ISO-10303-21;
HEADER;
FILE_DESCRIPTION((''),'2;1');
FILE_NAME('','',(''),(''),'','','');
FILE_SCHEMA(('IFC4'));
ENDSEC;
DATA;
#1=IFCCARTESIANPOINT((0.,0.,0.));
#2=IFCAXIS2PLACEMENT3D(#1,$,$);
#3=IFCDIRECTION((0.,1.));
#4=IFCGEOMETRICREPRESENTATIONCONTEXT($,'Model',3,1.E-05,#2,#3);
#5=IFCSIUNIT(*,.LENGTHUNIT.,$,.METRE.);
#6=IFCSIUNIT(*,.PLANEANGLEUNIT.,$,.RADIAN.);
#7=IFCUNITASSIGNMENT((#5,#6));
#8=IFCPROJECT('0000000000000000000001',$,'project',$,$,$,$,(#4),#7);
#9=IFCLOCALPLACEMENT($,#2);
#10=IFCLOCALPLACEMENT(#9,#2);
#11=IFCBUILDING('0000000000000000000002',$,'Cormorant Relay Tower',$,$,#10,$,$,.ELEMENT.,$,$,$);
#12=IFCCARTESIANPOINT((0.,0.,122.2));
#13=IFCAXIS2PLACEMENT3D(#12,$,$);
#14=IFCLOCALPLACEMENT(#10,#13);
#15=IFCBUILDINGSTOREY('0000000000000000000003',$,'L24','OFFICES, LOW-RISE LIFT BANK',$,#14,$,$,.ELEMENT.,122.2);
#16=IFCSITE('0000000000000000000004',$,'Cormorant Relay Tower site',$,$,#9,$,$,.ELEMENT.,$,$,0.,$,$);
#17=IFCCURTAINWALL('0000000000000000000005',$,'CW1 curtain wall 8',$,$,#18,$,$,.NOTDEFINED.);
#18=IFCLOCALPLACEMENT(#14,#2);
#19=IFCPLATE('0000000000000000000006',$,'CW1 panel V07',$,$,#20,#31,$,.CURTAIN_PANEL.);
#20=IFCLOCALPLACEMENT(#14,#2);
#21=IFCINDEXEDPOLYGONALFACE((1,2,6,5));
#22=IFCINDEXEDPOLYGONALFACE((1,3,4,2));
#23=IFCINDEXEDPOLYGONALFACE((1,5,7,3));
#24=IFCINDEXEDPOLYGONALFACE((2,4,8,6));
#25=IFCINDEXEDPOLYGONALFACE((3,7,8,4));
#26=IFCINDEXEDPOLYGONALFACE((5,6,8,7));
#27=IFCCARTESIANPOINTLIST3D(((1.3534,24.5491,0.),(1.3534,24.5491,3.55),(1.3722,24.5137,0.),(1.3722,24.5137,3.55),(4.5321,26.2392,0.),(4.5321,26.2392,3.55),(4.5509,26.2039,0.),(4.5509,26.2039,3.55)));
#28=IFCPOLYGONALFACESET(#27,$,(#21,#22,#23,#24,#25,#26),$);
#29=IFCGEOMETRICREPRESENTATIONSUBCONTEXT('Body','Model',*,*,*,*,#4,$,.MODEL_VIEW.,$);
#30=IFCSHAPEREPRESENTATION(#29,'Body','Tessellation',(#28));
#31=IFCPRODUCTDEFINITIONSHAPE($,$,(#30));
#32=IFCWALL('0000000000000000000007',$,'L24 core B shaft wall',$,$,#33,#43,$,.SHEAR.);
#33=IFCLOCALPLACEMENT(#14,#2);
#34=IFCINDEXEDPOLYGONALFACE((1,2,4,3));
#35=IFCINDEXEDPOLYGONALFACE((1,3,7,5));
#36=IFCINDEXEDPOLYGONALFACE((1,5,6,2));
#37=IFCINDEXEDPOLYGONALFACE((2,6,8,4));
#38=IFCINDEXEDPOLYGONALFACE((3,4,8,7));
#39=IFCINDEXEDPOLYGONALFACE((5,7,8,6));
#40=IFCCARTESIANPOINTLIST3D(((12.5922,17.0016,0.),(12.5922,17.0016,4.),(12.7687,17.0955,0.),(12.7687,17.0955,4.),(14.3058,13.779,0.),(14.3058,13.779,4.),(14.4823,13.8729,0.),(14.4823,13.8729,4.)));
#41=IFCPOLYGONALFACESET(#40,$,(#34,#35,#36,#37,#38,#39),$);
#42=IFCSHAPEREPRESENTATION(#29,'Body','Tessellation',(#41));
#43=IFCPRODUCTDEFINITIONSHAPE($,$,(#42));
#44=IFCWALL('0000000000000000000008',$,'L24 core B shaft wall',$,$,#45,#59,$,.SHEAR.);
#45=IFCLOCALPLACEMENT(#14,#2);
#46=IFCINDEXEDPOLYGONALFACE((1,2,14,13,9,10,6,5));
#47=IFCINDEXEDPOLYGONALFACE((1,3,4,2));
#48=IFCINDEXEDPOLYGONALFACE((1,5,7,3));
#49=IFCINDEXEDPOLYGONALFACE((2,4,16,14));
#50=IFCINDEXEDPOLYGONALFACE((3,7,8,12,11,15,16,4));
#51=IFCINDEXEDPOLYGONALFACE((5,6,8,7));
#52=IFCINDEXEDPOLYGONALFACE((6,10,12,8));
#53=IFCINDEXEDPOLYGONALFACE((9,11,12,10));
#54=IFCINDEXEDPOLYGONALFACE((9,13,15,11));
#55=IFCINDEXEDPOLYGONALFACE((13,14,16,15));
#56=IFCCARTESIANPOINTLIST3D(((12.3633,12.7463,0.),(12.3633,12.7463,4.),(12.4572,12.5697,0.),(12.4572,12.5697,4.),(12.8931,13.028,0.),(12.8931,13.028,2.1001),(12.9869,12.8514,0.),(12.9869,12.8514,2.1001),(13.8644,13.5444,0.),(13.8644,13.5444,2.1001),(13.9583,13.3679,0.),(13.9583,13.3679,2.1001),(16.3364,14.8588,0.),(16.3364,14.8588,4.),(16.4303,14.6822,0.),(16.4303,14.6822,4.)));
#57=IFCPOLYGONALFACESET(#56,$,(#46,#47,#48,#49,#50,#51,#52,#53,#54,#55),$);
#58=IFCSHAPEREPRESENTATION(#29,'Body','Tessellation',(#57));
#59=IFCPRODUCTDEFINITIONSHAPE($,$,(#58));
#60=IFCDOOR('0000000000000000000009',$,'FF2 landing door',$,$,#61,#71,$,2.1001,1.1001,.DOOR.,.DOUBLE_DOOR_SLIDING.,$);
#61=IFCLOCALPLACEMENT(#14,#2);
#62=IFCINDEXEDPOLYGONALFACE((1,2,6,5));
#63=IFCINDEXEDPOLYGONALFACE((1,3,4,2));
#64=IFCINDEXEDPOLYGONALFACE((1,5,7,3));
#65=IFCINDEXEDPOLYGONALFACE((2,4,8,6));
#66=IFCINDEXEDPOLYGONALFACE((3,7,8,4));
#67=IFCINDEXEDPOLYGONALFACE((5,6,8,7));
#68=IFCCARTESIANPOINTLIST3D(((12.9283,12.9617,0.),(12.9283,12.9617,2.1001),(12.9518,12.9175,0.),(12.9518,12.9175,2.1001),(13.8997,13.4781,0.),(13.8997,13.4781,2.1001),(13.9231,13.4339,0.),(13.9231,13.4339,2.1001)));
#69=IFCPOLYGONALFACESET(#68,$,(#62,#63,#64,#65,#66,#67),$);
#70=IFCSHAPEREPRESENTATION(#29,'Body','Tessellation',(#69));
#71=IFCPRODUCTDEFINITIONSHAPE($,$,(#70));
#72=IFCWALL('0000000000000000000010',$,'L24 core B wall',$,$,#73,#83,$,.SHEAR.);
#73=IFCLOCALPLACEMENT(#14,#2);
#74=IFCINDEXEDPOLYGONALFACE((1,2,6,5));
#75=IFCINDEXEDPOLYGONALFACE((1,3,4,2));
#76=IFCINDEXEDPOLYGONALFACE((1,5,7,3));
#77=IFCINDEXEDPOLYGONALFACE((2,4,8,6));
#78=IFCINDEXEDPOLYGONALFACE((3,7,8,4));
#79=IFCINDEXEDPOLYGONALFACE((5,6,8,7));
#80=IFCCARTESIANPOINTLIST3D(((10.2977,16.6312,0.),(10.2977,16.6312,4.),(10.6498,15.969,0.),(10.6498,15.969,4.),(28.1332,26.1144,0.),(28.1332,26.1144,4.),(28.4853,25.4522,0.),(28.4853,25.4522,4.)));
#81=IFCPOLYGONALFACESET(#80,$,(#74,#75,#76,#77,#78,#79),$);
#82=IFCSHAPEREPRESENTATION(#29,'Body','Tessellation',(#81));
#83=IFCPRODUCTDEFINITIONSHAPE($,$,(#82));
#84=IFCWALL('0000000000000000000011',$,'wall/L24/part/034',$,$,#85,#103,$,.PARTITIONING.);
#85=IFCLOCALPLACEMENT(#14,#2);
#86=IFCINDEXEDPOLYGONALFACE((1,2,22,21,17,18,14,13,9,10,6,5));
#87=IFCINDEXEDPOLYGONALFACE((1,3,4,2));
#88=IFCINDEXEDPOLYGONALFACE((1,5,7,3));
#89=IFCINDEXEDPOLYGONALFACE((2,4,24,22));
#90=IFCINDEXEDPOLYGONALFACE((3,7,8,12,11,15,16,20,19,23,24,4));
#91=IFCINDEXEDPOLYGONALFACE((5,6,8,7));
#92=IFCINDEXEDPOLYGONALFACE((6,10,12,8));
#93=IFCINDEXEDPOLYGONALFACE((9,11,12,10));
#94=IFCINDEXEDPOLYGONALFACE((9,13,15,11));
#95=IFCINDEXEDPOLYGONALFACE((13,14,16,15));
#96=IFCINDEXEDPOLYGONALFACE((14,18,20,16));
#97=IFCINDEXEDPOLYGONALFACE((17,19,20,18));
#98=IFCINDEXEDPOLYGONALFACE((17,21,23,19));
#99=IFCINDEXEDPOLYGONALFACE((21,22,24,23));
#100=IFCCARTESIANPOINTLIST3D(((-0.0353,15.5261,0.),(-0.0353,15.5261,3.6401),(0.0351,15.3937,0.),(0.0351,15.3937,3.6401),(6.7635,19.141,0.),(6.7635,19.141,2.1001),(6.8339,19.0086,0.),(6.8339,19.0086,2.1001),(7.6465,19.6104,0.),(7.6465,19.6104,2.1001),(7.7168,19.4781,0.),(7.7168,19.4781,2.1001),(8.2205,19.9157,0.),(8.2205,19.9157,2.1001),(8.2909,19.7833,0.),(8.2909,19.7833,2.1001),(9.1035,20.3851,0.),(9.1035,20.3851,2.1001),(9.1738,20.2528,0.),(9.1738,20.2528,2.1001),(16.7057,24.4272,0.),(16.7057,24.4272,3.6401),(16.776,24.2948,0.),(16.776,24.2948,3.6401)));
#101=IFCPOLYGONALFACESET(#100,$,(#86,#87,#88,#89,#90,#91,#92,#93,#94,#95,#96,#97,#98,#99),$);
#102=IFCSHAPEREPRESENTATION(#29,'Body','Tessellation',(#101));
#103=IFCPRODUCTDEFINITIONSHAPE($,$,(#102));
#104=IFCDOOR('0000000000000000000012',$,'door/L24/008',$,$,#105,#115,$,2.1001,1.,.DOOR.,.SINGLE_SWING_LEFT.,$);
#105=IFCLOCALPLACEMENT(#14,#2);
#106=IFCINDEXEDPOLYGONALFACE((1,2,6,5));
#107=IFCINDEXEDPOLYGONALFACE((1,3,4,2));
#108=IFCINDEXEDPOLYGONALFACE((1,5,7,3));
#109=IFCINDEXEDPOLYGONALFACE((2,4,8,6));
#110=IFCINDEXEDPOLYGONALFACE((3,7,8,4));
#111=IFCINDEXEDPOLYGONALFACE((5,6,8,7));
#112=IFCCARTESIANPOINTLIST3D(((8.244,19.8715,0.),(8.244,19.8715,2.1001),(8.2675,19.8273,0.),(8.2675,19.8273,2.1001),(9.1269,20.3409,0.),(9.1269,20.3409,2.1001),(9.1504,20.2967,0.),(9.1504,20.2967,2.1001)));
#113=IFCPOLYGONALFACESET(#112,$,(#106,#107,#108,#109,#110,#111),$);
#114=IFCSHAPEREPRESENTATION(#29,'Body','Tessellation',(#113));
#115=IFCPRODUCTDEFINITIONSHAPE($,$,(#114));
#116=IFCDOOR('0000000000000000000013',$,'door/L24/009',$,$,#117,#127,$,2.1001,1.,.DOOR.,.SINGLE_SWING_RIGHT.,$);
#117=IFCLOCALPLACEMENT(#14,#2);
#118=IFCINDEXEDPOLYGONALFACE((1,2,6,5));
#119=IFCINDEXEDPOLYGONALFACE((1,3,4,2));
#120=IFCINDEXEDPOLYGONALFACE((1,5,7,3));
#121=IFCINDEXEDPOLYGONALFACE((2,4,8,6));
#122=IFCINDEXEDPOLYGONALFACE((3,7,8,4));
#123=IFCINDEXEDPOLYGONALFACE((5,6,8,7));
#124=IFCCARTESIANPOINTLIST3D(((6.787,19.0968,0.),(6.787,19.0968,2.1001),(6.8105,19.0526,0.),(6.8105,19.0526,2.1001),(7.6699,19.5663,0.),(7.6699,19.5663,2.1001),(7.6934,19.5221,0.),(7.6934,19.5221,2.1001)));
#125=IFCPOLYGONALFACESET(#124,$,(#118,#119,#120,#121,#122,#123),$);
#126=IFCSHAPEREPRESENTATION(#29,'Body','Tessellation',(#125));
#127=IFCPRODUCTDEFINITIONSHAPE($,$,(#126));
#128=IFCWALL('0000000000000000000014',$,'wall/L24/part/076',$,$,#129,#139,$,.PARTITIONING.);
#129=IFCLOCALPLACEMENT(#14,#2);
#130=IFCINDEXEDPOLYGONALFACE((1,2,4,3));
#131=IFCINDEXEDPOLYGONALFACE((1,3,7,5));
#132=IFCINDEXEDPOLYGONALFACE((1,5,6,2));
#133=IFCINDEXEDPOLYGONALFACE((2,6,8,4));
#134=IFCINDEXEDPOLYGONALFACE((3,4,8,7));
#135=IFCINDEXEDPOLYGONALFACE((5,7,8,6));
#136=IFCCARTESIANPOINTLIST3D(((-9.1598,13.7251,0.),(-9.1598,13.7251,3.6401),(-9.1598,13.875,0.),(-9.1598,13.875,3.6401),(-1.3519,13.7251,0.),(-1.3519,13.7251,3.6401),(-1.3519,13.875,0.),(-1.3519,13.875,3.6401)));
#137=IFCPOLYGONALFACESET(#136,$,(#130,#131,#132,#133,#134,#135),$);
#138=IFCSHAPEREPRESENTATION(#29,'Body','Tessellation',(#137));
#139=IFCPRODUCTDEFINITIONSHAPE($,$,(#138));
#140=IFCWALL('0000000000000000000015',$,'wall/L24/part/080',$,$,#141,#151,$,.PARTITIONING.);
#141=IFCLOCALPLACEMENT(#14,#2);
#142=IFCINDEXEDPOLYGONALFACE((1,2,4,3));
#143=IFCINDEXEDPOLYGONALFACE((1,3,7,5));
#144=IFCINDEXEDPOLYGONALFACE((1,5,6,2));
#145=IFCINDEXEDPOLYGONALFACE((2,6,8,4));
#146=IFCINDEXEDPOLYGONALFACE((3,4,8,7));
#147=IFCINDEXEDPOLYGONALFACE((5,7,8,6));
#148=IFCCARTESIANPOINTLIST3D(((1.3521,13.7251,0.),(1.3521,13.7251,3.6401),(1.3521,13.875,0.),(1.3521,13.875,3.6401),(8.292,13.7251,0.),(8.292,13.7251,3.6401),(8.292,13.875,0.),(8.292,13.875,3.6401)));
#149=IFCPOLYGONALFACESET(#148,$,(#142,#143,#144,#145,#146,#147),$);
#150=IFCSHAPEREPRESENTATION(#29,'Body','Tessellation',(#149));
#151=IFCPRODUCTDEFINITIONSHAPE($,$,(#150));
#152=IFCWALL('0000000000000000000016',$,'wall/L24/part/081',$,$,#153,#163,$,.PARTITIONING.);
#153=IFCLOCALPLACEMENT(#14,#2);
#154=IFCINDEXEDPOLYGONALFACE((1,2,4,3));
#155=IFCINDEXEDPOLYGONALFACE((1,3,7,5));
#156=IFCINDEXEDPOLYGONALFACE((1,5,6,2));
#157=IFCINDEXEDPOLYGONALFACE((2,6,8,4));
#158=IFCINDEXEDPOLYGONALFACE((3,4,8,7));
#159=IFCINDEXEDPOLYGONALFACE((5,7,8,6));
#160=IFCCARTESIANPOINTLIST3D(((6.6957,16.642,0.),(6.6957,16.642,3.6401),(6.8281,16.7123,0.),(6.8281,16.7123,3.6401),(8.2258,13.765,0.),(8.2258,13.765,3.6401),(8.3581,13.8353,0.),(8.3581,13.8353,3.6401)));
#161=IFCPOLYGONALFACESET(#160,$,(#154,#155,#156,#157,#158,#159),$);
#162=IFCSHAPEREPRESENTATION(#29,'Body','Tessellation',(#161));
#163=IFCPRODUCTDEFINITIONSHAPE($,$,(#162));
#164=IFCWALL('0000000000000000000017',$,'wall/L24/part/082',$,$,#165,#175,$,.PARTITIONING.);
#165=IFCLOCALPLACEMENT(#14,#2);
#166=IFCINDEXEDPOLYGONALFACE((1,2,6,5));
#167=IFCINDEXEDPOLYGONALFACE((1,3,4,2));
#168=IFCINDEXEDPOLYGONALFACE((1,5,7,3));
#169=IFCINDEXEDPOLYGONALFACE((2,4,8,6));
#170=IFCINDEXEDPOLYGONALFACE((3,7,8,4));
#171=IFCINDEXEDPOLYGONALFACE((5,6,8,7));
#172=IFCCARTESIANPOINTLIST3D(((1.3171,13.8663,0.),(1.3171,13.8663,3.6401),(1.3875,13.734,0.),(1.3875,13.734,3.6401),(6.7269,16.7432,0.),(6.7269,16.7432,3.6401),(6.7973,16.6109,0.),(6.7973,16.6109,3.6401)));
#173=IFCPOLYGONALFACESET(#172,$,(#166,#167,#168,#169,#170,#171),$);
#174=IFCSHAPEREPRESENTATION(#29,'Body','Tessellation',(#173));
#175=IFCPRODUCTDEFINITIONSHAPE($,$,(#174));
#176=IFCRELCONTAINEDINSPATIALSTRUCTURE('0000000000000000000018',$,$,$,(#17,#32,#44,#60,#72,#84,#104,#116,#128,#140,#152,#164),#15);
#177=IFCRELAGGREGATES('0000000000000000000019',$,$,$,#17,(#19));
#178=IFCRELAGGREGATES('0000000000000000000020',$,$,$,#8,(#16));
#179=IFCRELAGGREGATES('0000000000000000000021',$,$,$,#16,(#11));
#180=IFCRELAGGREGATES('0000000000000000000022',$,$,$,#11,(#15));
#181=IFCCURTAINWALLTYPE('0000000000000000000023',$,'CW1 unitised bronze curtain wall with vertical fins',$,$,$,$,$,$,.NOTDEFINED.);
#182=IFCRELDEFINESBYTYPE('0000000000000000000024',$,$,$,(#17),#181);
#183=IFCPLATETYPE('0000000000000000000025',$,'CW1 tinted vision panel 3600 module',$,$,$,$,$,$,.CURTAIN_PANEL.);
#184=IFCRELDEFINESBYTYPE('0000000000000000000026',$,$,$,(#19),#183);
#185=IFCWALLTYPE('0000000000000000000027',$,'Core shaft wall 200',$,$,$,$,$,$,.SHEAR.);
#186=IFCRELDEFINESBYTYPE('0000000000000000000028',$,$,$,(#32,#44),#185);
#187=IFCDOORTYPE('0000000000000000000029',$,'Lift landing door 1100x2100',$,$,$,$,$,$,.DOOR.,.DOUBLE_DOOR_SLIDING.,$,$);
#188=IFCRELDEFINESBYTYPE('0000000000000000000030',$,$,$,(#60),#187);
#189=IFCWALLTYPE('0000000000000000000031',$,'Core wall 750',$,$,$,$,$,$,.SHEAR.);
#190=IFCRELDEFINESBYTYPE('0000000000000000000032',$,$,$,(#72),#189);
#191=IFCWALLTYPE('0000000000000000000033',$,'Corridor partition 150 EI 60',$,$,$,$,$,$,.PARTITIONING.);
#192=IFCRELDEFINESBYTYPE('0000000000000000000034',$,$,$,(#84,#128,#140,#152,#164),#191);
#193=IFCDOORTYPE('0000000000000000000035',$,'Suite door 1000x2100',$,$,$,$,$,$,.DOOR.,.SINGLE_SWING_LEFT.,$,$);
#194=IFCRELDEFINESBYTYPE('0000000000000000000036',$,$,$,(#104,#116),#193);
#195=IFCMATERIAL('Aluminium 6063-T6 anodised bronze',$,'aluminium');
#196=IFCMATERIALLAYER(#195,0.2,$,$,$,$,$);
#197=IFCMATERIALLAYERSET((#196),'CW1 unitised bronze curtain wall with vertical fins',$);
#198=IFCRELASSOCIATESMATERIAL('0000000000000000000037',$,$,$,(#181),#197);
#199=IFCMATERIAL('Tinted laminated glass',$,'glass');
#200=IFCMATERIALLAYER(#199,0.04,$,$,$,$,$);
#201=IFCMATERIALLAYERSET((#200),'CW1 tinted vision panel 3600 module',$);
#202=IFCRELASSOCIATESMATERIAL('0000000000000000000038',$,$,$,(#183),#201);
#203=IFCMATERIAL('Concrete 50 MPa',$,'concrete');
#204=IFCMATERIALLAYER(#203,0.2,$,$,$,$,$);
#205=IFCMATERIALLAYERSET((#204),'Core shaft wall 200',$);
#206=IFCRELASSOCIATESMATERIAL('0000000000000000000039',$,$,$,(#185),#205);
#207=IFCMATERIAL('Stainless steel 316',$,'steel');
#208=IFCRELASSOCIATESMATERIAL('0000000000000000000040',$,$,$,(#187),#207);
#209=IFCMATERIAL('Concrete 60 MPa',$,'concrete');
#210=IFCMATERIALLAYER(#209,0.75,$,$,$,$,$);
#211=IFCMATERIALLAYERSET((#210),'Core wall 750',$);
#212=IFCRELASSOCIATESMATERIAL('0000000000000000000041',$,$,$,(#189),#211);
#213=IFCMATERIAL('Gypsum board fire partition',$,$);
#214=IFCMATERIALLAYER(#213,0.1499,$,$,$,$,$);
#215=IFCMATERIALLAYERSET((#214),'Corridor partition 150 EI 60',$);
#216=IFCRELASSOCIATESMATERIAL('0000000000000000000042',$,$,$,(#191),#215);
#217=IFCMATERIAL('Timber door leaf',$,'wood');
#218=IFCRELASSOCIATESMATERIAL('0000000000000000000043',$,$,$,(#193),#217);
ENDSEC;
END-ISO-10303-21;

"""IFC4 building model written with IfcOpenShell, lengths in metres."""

from ifc_helpers import new_model, si_unit, direction, frame, frame_2d, origin, origin_2d, place, context, subcontext, project, spatial, rectangle, extrude, material, layer, layer_set, type_object, element, fill, aggregate, save


model = new_model("IFC4")

# Units and contexts
model_context = context("Model", 3, precision=1e-05, world=origin(), true_north=direction((0.0, 1.0)))
body_context = subcontext(model_context, "Body", "Model", "MODEL_VIEW")
ifc_project = project(units=[si_unit("LENGTHUNIT", "METRE"), si_unit("PLANEANGLEUNIT", "RADIAN")], contexts=[model_context])

# Site, building, storey
site_placement = place(None, origin())
site = spatial("IfcSite", under=ifc_project, at=site_placement, Name="Cormorant Relay Tower site", CompositionType="ELEMENT", RefElevation=0.0)
building_placement = place(site_placement, origin())
building = spatial("IfcBuilding", under=site, at=building_placement, Name="Cormorant Relay Tower", CompositionType="ELEMENT")
storey_placement = place(building_placement, frame((0.0, 0.0, 122.2)))
storey = spatial("IfcBuildingStorey", under=building, at=storey_placement, Name="L24", Description="OFFICES, LOW-RISE LIFT BANK", CompositionType="ELEMENT", Elevation=122.2)

# Curtain wall
ifc_material_1 = material(Name="Aluminium 6063-T6 anodised bronze", Category="aluminium")
ifc_layer_1 = layer(ifc_material_1, 0.2)
ifc_layer_set_1 = layer_set([ifc_layer_1], Name="CW1 unitised bronze curtain wall with vertical fins")
curtain_wall_type = type_object("IfcCurtainWallType", Name="CW1 unitised bronze curtain wall with vertical fins", PredefinedType="NOTDEFINED", material=ifc_layer_set_1)
curtain_wall_1_placement = place(storey_placement, origin())
curtain_wall_1 = element("IfcCurtainWall", 1, at=curtain_wall_1_placement, inside=storey, type_object=curtain_wall_type, Name="CW1 curtain wall 8", PredefinedType="NOTDEFINED")

# Plate
ifc_material_2 = material(Name="Tinted laminated glass", Category="glass")
ifc_layer_2 = layer(ifc_material_2, 0.04)
ifc_layer_set_2 = layer_set([ifc_layer_2], Name="CW1 tinted vision panel 3600 module")
plate_type_1 = type_object("IfcPlateType", Name="CW1 tinted vision panel 3600 module", PredefinedType="CURTAIN_PANEL", material=ifc_layer_set_2)
plate_1_placement = place(storey_placement, frame((2.9521, 25.3765, 0.0), z_axis=(0.0, 0.0, 1.0), x_axis=(-0.882948, -0.469472, 0.0)))
plate_1 = element("IfcPlate", 2, at=plate_1_placement, type_object=plate_type_1, Name="CW1 panel V07", PredefinedType="CURTAIN_PANEL", context=body_context, shape_type="SweptSolid", body=[
    extrude(rectangle(XDim=3.6001, YDim=0.04, at=origin_2d()), origin(), (0.0, 0.0, 1.0), 3.55),
])

# Wall
ifc_material_3 = material(Name="Concrete 50 MPa", Category="concrete")
ifc_layer_3 = layer(ifc_material_3, 0.2)
ifc_layer_set_3 = layer_set([ifc_layer_3], Name="Core shaft wall 200")
wall_type_1 = type_object("IfcWallType", Name="Core shaft wall 200", PredefinedType="SHEAR", material=ifc_layer_set_3)
wall_1_placement = place(storey_placement, frame((14.394, 13.8259, 0.0), z_axis=(0.0, 0.0, 1.0), x_axis=(-0.469494, 0.882936, 0.0)))
element("IfcWall", 3, at=wall_1_placement, inside=storey, type_object=wall_type_1, Name="L24 core B shaft wall", PredefinedType="SHEAR", context=body_context, shape_type="SweptSolid", body=[
    extrude(rectangle(XDim=3.6499, YDim=0.2, at=frame_2d((1.825, 0.0))), origin(), (0.0, 0.0, 1.0), 4.0),
])

# Wall, opening, door
wall_2_placement = place(storey_placement, frame((12.4102, 12.658, 0.0), z_axis=(0.0, 0.0, 1.0), x_axis=(0.882948, 0.46947, 0.0)))
wall_2 = element("IfcWall", 4, at=wall_2_placement, inside=storey, type_object=wall_type_1, Name="L24 core B shaft wall", PredefinedType="SHEAR", context=body_context, shape_type="SweptSolid", body=[
    extrude(rectangle(XDim=4.4998, YDim=0.2, at=frame_2d((2.25, 0.0))), origin(), (0.0, 0.0, 1.0), 4.0),
])
opening_1_placement = place(wall_2_placement, frame((0.6001, 0.0, 0.0)))
opening_1 = element("IfcOpeningElement", 5, at=opening_1_placement, cuts=wall_2, PredefinedType="OPENING", context=body_context, shape_type="SweptSolid", body=[
    extrude(rectangle(XDim=1.1001, YDim=2.1001, at=frame_2d((0.55, 1.05))), frame((0.0, 0.1099, 0.0), z_axis=(0.0, -1.0, 0.0), x_axis=(1.0, 0.0, 0.0)), (0.0, 0.0, 1.0), 0.22),
])
ifc_material_4 = material(Name="Stainless steel 316", Category="steel")
door_type_1 = type_object("IfcDoorType", Name="Lift landing door 1100x2100", OperationType="DOUBLE_DOOR_SLIDING", PredefinedType="DOOR", material=ifc_material_4)
door_1_placement = place(opening_1_placement, origin())
door_1 = element("IfcDoor", 6, at=door_1_placement, inside=storey, type_object=door_type_1, Name="FF2 landing door", OperationType="DOUBLE_DOOR_SLIDING", OverallHeight=2.1001, OverallWidth=1.1001, PredefinedType="DOOR", context=body_context, shape_type="SweptSolid", body=[
    extrude(rectangle(XDim=1.1001, YDim=2.1001, at=frame_2d((0.55, 1.05))), frame((0.0, 0.0249, 0.0), z_axis=(0.0, -1.0, 0.0), x_axis=(1.0, 0.0, 0.0)), (0.0, 0.0, 1.0), 0.05),
])
fill(opening_1, door_1)

# Wall
ifc_material_5 = material(Name="Concrete 60 MPa", Category="concrete")
ifc_layer_4 = layer(ifc_material_5, 0.75)
ifc_layer_set_4 = layer_set([ifc_layer_4], Name="Core wall 750")
wall_type_2 = type_object("IfcWallType", Name="Core wall 750", PredefinedType="SHEAR", material=ifc_layer_set_4)
wall_3_placement = place(storey_placement, frame((10.4736, 16.3, 0.0), z_axis=(0.0, 0.0, 1.0), x_axis=(0.88295, 0.469467, 0.0)))
element("IfcWall", 7, at=wall_3_placement, inside=storey, type_object=wall_type_2, Name="L24 core B wall", PredefinedType="SHEAR", context=body_context, shape_type="SweptSolid", body=[
    extrude(rectangle(XDim=20.2, YDim=0.75, at=frame_2d((10.1001, 0.0))), origin(), (0.0, 0.0, 1.0), 4.0),
])

# Wall, openings, doors
ifc_material_6 = material(Name="Gypsum board fire partition")
ifc_layer_5 = layer(ifc_material_6, 0.1499)
ifc_layer_set_5 = layer_set([ifc_layer_5], Name="Corridor partition 150 EI 60")
wall_type_3 = type_object("IfcWallType", Name="Corridor partition 150 EI 60", PredefinedType="PARTITIONING", material=ifc_layer_set_5)
wall_4_placement = place(storey_placement, frame((0.0, 15.46, 0.0), z_axis=(0.0, 0.0, 1.0), x_axis=(0.882952, 0.469463, 0.0)))
wall_4 = element("IfcWall", 8, at=wall_4_placement, inside=storey, type_object=wall_type_3, Name="wall/L24/part/034", PredefinedType="PARTITIONING", context=body_context, shape_type="SweptSolid", body=[
    extrude(rectangle(XDim=18.9602, YDim=0.1499, at=frame_2d((9.48, 0.0))), origin(), (0.0, 0.0, 1.0), 3.6401),
])
opening_2_placement = place(wall_4_placement, frame((9.3501, 0.0, 0.0)))
opening_2 = element("IfcOpeningElement", 9, at=opening_2_placement, cuts=wall_4, PredefinedType="OPENING", context=body_context, shape_type="SweptSolid", body=[
    extrude(rectangle(XDim=1.0, YDim=2.1001, at=frame_2d((0.5, 1.05))), frame((0.0, 0.085, 0.0), z_axis=(0.0, -1.0, 0.0), x_axis=(1.0, 0.0, 0.0)), (0.0, 0.0, 1.0), 0.1699),
])
opening_3_placement = place(wall_4_placement, frame((7.7, 0.0, 0.0)))
opening_3 = element("IfcOpeningElement", 10, at=opening_3_placement, cuts=wall_4, PredefinedType="OPENING", context=body_context, shape_type="SweptSolid", body=[
    extrude(rectangle(XDim=1.0, YDim=2.1001, at=frame_2d((0.5, 1.05))), frame((0.0, 0.085, 0.0), z_axis=(0.0, -1.0, 0.0), x_axis=(1.0, 0.0, 0.0)), (0.0, 0.0, 1.0), 0.1699),
])
ifc_material_7 = material(Name="Timber door leaf", Category="wood")
door_type_2 = type_object("IfcDoorType", Name="Suite door 1000x2100", OperationType="SINGLE_SWING_LEFT", PredefinedType="DOOR", material=ifc_material_7)
door_2_placement = place(opening_2_placement, origin())
door_2 = element("IfcDoor", 11, at=door_2_placement, inside=storey, type_object=door_type_2, Name="door/L24/008", OperationType="SINGLE_SWING_LEFT", OverallHeight=2.1001, OverallWidth=1.0, PredefinedType="DOOR", context=body_context, shape_type="SweptSolid", body=[
    extrude(rectangle(XDim=1.0, YDim=2.1001, at=frame_2d((0.5, 1.05))), frame((0.0, 0.0249, 0.0), z_axis=(0.0, -1.0, 0.0), x_axis=(1.0, 0.0, 0.0)), (0.0, 0.0, 1.0), 0.05),
])
fill(opening_2, door_2)
door_3_placement = place(opening_3_placement, origin())
door_3 = element("IfcDoor", 12, at=door_3_placement, inside=storey, type_object=door_type_2, Name="door/L24/009", OperationType="SINGLE_SWING_RIGHT", OverallHeight=2.1001, OverallWidth=1.0, PredefinedType="DOOR", context=body_context, shape_type="SweptSolid", body=[
    extrude(rectangle(XDim=1.0, YDim=2.1001, at=frame_2d((0.5, 1.05))), frame((0.0, 0.0249, 0.0), z_axis=(0.0, -1.0, 0.0), x_axis=(1.0, 0.0, 0.0)), (0.0, 0.0, 1.0), 0.05),
])
fill(opening_3, door_3)

# Walls
wall_5_placement = place(storey_placement, frame((-1.3521, 13.8, 0.0), z_axis=(0.0, 0.0, 1.0), x_axis=(-1.0, 0.0, 0.0)))
element("IfcWall", 13, at=wall_5_placement, inside=storey, type_object=wall_type_3, Name="wall/L24/part/076", PredefinedType="PARTITIONING", context=body_context, shape_type="SweptSolid", body=[
    extrude(rectangle(XDim=7.8079, YDim=0.1499, at=frame_2d((3.9038, 0.0))), origin(), (0.0, 0.0, 1.0), 3.6401),
])
wall_6_placement = place(storey_placement, frame((1.3521, 13.8, 0.0), z_axis=(0.0, 0.0, 1.0), x_axis=(1.0, 0.0, 0.0)))
element("IfcWall", 14, at=wall_6_placement, inside=storey, type_object=wall_type_3, Name="wall/L24/part/080", PredefinedType="PARTITIONING", context=body_context, shape_type="SweptSolid", body=[
    extrude(rectangle(XDim=6.9399, YDim=0.1499, at=frame_2d((3.47, 0.0))), origin(), (0.0, 0.0, 1.0), 3.6401),
])
wall_7_placement = place(storey_placement, frame((8.292, 13.8, 0.0), z_axis=(0.0, 0.0, 1.0), x_axis=(-0.46955, 0.882906, 0.0)))
element("IfcWall", 15, at=wall_7_placement, inside=storey, type_object=wall_type_3, Name="wall/L24/part/081", PredefinedType="PARTITIONING", context=body_context, shape_type="SweptSolid", body=[
    extrude(rectangle(XDim=3.2585, YDim=0.1499, at=frame_2d((1.6294, 0.0))), origin(), (0.0, 0.0, 1.0), 3.6401),
])
wall_8_placement = place(storey_placement, frame((6.762, 16.677, 0.0), z_axis=(0.0, 0.0, 1.0), x_axis=(-0.882917, -0.469529, 0.0)))
element("IfcWall", 16, at=wall_8_placement, inside=storey, type_object=wall_type_3, Name="wall/L24/part/082", PredefinedType="PARTITIONING", context=body_context, shape_type="SweptSolid", body=[
    extrude(rectangle(XDim=6.1272, YDim=0.1499, at=frame_2d((3.0635, 0.0))), origin(), (0.0, 0.0, 1.0), 3.6401),
])

aggregate(curtain_wall_1, [plate_1])

save(model, "model.ifc")
